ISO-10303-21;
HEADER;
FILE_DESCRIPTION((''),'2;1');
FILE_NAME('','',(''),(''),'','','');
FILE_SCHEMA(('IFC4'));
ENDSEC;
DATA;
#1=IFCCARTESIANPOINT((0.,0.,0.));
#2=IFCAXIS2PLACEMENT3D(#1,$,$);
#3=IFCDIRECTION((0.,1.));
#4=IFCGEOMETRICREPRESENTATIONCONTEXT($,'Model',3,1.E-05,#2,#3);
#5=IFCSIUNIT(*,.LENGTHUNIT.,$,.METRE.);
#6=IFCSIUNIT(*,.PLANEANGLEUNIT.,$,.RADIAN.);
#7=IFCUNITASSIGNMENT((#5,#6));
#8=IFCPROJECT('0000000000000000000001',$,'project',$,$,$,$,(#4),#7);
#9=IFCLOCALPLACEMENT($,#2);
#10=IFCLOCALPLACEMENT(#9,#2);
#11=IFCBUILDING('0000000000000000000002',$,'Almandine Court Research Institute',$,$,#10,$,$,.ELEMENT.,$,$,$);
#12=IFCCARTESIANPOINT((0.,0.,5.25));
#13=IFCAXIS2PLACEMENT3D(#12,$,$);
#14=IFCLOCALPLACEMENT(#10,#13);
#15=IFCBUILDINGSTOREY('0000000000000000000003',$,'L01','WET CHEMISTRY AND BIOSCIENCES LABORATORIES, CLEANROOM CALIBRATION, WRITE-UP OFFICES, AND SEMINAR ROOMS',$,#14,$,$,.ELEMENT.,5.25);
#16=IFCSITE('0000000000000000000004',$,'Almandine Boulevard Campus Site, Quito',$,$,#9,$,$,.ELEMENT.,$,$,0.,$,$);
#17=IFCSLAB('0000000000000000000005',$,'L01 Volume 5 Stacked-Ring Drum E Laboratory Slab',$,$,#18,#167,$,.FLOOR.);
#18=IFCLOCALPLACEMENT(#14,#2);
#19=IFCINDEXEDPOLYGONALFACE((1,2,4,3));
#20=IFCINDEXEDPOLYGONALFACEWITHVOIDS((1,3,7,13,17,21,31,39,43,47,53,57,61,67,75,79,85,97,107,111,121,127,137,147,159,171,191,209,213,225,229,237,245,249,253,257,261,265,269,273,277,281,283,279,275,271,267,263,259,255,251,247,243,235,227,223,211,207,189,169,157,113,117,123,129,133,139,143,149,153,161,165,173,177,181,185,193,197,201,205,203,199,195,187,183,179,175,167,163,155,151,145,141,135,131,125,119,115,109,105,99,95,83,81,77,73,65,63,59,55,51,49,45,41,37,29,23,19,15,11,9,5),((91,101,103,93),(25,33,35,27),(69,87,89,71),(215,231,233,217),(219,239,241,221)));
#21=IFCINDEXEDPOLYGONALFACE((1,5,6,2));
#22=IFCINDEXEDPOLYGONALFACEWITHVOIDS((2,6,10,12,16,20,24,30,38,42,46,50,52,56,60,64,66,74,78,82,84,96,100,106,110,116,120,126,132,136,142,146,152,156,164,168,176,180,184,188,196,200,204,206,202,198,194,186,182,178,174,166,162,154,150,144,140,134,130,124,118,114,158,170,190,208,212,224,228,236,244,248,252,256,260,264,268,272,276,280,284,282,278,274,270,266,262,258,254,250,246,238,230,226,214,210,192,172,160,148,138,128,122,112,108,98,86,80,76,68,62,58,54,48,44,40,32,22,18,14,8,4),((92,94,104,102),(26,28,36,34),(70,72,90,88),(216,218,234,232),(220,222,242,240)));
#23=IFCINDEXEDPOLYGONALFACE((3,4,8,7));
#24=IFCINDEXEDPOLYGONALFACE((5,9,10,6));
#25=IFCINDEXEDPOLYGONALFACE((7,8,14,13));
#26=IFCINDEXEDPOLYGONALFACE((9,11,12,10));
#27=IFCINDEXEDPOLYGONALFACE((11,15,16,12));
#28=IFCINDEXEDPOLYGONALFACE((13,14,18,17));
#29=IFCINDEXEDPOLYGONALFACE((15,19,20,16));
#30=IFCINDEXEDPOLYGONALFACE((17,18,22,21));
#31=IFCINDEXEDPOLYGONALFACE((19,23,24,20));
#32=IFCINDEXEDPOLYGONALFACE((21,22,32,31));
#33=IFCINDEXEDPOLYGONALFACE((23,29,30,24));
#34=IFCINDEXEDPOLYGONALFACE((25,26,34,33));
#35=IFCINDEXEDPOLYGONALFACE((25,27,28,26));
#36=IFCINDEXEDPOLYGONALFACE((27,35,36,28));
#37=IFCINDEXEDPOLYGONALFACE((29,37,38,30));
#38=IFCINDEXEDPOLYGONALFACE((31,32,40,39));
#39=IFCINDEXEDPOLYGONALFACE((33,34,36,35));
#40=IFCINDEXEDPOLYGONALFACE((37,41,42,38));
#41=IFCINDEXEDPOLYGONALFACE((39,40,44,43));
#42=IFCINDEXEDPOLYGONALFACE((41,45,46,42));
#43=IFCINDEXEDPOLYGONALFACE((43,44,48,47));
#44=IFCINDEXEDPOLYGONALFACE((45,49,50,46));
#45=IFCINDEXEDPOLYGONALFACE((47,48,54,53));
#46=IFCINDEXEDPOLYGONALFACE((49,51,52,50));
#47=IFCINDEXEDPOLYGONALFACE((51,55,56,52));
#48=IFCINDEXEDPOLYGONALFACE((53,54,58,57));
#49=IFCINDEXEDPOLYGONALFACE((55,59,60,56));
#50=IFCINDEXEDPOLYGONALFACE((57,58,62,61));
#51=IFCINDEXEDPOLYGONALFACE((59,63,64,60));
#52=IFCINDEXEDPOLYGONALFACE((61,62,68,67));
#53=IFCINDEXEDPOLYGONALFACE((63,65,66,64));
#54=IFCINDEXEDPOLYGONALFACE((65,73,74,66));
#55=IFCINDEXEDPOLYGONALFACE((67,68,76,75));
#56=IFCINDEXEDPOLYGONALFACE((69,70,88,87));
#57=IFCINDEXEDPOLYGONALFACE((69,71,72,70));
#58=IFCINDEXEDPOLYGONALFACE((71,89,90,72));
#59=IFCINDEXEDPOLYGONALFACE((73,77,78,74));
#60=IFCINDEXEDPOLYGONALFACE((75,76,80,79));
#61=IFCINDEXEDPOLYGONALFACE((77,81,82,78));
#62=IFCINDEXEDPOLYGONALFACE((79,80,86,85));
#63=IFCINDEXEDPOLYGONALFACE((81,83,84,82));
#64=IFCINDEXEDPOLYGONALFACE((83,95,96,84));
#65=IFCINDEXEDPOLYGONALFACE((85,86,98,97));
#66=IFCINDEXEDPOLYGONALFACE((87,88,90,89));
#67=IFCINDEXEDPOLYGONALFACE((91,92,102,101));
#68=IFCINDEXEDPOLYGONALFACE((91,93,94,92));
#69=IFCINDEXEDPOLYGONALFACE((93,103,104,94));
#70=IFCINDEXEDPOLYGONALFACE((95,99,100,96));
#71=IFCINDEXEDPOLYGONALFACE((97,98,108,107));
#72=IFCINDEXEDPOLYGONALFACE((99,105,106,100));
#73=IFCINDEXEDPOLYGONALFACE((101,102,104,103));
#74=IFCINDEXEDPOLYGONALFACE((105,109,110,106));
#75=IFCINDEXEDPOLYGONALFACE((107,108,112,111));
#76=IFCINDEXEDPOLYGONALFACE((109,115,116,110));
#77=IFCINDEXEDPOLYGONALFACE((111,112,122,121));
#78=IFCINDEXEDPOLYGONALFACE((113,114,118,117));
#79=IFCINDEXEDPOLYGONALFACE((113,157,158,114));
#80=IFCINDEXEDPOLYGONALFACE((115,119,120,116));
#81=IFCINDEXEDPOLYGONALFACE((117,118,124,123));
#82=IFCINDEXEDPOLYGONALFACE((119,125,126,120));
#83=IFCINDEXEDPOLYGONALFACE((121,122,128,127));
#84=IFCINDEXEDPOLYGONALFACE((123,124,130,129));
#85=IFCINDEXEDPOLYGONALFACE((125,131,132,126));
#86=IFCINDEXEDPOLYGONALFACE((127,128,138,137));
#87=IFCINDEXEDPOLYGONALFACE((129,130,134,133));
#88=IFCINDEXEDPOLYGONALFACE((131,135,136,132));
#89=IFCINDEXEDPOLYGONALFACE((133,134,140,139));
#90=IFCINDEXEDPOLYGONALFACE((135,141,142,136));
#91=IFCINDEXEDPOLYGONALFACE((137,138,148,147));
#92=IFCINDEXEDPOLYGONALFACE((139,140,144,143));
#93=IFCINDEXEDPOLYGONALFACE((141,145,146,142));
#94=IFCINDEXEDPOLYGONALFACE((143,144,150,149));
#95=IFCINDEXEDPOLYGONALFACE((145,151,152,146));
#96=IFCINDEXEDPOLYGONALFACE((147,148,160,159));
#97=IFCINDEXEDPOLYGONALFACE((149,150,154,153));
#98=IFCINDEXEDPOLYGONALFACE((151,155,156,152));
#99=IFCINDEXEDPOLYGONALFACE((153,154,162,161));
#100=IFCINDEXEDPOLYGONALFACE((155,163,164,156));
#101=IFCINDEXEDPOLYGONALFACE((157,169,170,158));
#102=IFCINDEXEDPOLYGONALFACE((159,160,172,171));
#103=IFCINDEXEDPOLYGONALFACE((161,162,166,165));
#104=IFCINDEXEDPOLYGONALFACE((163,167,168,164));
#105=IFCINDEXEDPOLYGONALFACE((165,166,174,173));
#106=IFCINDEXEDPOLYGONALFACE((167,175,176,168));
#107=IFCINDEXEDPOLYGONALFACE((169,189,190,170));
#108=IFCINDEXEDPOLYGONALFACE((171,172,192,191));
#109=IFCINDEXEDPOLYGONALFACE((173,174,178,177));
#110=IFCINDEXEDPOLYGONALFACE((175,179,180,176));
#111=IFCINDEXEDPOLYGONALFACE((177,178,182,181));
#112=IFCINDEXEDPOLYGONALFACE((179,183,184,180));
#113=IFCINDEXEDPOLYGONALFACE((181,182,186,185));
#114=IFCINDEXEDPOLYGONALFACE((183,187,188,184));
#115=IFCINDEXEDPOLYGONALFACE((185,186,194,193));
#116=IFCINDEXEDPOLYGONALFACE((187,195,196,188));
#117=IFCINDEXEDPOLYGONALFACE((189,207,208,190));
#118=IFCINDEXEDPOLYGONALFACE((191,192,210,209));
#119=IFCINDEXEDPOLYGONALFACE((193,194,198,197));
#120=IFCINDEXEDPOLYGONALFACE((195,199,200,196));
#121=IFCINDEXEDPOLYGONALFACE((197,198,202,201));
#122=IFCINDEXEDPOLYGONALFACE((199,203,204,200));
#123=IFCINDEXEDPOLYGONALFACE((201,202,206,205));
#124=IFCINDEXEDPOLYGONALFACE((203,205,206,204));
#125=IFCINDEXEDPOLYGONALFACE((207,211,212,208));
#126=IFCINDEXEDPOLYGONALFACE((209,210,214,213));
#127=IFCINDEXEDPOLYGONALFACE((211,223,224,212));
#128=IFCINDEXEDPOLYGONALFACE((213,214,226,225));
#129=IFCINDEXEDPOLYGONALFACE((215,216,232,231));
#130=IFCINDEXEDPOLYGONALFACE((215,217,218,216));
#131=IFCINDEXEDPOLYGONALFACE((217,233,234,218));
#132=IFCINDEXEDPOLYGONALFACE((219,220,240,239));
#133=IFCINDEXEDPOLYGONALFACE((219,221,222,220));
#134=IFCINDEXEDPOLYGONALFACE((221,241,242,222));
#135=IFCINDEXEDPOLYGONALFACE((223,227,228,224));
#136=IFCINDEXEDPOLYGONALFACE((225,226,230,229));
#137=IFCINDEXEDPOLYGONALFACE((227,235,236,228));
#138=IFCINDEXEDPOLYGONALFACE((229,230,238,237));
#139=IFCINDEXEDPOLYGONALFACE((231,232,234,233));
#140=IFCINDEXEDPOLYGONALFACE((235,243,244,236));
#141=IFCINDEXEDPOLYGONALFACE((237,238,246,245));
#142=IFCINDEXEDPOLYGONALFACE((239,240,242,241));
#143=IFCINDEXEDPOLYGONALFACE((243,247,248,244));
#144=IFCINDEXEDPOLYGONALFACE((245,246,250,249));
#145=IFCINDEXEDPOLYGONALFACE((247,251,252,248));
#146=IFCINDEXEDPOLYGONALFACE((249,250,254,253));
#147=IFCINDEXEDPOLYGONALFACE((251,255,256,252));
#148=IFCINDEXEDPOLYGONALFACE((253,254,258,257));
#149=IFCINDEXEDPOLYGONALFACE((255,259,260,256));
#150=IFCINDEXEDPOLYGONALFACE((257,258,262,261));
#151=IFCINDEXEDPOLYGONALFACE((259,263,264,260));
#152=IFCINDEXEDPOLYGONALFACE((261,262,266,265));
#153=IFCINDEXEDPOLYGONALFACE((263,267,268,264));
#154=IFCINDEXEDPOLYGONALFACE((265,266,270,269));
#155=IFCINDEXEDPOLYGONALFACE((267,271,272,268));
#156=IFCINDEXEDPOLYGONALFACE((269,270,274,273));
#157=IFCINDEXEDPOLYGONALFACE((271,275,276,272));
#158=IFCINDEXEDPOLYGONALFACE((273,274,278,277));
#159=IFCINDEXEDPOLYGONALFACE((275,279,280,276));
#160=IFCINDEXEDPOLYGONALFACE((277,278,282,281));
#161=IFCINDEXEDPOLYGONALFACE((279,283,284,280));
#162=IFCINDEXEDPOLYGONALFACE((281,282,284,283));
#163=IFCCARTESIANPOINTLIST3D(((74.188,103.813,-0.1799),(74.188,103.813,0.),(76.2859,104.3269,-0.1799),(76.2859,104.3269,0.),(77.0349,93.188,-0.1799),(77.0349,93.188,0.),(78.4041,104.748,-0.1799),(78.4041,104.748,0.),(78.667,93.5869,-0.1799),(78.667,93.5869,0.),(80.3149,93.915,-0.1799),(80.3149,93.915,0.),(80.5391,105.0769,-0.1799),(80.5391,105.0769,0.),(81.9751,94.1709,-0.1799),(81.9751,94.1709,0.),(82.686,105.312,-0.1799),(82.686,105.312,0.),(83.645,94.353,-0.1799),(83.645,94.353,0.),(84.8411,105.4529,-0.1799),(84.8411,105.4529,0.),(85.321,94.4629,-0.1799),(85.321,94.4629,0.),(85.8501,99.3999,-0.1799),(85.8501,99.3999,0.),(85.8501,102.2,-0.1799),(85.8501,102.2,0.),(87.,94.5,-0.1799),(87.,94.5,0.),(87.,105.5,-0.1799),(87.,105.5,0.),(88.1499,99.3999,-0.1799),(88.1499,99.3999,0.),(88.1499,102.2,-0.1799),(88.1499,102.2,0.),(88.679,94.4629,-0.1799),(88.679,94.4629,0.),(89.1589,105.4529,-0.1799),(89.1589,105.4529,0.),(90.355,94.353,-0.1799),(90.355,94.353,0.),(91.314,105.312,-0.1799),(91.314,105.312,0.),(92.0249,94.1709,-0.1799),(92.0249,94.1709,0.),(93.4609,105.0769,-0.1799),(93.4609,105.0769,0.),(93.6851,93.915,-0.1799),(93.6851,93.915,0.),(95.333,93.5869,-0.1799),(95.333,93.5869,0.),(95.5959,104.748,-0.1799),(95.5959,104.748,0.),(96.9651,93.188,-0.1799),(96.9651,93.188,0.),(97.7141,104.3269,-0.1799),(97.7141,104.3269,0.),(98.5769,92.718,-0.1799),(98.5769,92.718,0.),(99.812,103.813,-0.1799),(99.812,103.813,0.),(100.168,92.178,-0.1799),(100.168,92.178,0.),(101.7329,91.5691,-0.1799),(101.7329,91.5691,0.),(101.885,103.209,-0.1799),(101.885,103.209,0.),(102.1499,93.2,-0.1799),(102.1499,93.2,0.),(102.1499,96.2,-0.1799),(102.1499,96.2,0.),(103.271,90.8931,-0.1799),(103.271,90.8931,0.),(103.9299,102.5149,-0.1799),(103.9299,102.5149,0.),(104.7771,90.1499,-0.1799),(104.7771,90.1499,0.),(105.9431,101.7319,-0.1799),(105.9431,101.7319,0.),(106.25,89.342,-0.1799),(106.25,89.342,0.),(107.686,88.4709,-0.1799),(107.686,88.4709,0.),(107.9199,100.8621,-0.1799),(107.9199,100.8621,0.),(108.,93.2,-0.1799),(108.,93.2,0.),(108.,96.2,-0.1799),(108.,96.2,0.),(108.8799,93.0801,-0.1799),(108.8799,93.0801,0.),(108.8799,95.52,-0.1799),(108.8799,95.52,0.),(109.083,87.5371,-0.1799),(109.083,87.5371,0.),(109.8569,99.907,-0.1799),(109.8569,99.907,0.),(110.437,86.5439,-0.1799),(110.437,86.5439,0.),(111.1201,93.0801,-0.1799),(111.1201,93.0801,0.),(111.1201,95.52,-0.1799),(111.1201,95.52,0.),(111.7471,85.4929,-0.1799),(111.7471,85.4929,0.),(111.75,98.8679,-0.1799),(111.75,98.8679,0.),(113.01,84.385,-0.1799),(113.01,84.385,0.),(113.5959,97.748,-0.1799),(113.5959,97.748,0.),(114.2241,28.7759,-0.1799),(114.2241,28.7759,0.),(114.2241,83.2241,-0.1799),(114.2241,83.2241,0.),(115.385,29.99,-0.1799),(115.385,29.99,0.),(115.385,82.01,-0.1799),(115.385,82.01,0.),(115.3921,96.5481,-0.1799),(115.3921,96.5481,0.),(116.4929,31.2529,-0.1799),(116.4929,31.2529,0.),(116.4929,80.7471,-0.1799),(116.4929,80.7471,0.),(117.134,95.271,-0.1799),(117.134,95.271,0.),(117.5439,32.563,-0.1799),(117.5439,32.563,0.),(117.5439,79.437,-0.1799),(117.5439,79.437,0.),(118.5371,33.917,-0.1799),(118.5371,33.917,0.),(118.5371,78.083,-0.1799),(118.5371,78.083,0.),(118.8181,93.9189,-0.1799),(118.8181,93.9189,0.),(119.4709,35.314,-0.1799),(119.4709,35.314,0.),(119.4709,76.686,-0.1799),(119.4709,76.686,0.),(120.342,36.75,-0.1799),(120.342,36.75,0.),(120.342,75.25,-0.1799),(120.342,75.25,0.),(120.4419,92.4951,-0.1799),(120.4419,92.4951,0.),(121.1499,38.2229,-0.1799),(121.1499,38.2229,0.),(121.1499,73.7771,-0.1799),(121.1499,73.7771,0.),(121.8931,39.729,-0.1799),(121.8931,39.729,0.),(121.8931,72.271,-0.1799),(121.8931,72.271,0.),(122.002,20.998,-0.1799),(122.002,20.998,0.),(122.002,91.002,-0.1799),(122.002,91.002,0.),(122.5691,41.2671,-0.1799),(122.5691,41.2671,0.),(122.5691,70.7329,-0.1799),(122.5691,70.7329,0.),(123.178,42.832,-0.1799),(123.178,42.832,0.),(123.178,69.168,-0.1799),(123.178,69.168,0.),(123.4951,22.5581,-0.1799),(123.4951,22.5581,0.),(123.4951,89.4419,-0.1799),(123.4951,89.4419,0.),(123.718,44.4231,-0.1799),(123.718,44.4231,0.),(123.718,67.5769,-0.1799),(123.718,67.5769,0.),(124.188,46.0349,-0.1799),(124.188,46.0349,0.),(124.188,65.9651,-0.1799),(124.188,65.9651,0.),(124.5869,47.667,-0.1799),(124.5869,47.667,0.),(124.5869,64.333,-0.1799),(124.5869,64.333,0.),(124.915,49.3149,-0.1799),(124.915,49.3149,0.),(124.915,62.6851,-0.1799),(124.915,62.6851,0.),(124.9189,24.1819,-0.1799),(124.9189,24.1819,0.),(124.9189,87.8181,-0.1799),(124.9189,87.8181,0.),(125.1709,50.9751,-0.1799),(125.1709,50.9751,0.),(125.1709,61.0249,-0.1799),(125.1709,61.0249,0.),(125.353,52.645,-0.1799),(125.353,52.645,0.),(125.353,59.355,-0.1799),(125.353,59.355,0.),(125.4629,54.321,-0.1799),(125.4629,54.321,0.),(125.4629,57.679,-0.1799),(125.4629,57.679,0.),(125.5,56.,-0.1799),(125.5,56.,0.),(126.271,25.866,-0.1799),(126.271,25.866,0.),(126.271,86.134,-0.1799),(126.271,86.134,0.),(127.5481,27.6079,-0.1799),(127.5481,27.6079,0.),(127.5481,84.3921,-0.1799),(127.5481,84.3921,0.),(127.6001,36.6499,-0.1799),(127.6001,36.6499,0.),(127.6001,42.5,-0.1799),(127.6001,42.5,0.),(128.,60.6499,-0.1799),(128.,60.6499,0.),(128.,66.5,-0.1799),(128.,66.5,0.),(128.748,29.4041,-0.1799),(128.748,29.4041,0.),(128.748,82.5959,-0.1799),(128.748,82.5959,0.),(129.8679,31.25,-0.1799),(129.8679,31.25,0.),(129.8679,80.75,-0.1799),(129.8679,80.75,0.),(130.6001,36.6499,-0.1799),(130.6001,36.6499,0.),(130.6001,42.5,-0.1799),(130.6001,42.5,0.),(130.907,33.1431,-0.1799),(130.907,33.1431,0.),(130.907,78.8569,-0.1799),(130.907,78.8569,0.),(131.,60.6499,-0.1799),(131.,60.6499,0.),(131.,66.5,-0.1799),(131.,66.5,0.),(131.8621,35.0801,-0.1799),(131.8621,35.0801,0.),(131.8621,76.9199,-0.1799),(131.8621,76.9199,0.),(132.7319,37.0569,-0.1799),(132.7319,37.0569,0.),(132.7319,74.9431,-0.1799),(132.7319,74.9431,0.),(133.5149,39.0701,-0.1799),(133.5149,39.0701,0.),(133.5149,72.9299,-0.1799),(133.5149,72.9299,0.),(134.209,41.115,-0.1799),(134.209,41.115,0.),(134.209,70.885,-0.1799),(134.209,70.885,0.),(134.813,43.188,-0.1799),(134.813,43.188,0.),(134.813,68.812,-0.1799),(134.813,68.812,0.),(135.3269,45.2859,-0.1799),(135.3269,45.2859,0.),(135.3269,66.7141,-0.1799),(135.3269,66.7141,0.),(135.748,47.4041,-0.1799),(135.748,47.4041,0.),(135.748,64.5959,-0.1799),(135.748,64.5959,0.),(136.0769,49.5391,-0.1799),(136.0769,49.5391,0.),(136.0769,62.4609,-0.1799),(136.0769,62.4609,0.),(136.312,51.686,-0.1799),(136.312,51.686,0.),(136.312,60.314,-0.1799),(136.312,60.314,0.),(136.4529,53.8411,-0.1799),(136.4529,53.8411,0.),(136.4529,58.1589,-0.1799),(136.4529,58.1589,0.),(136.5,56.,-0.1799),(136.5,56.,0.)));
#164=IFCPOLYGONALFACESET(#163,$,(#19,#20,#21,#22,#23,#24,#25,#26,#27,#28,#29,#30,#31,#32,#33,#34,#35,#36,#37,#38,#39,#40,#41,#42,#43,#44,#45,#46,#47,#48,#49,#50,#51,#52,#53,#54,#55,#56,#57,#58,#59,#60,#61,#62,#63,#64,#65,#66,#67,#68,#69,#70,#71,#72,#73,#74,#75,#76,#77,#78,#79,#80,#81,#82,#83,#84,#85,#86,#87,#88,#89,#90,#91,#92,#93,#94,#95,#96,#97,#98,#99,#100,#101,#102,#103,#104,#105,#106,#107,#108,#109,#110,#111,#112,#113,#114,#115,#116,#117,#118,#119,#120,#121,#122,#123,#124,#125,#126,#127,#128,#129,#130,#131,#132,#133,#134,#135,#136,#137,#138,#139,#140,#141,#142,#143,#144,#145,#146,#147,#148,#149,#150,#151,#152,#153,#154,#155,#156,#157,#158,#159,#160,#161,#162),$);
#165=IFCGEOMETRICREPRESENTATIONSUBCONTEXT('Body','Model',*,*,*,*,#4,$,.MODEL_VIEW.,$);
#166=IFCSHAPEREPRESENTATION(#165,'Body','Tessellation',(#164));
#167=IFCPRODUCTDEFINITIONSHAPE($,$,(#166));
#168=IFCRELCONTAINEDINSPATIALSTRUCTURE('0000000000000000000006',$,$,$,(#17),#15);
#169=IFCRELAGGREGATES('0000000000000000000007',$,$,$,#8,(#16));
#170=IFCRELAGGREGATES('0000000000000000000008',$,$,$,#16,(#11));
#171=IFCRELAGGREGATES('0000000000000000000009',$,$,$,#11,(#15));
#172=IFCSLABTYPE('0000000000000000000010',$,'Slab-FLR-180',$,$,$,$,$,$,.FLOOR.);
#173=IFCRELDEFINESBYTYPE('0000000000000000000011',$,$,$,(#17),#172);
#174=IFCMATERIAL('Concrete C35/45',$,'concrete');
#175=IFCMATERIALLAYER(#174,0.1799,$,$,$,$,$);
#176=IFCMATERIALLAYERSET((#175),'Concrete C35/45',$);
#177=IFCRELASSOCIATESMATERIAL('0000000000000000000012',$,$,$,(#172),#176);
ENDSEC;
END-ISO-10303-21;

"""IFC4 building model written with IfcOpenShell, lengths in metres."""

from ifc_helpers import new_model, si_unit, direction, frame, origin, place, context, subcontext, project, spatial, polyline, outline, extrude, material, layer, layer_set, type_object, element, save


model = new_model("IFC4")

# Units and contexts
model_context = context("Model", 3, precision=1e-05, world=origin(), true_north=direction((0.0, 1.0)))
body_context = subcontext(model_context, "Body", "Model", "MODEL_VIEW")
ifc_project = project(units=[si_unit("LENGTHUNIT", "METRE"), si_unit("PLANEANGLEUNIT", "RADIAN")], contexts=[model_context])

# Site, building, storey
site_placement = place(None, origin())
site = spatial("IfcSite", under=ifc_project, at=site_placement, Name="Almandine Boulevard Campus Site, Quito", CompositionType="ELEMENT", RefElevation=0.0)
building_placement = place(site_placement, origin())
building = spatial("IfcBuilding", under=site, at=building_placement, Name="Almandine Court Research Institute", CompositionType="ELEMENT")
storey_placement = place(building_placement, frame((0.0, 0.0, 5.25)))
storey = spatial("IfcBuildingStorey", under=building, at=storey_placement, Name="L01", Description="WET CHEMISTRY AND BIOSCIENCES LABORATORIES, CLEANROOM CALIBRATION, WRITE-UP OFFICES, AND SEMINAR ROOMS", CompositionType="ELEMENT", Elevation=5.25)

# Slab
ifc_material_1 = material(Name="Concrete C35/45", Category="concrete")
ifc_layer_1 = layer(ifc_material_1, 0.1799)
ifc_layer_set_1 = layer_set([ifc_layer_1], Name="Concrete C35/45")
slab_type_1 = type_object("IfcSlabType", Name="Slab-FLR-180", PredefinedType="FLOOR", material=ifc_layer_set_1)
slab_1_placement = place(storey_placement, frame((0.0, 0.0, -0.1799)))
element("IfcSlab", 1, at=slab_1_placement, inside=storey, type_object=slab_type_1, Name="L01 Volume 5 Stacked-Ring Drum E Laboratory Slab", PredefinedType="FLOOR", context=body_context, shape_type="SweptSolid", body=[
    extrude(outline(polyline([(122.002, 20.998), (123.4951, 22.5581), (124.9189, 24.1819), (126.271, 25.866), (127.5481, 27.6079), (128.748, 29.4041), (129.8679, 31.25), (130.907, 33.1431), (131.8621, 35.0801), (132.7319, 37.0569), (133.5149, 39.0701), (134.209, 41.115), (134.813, 43.188), (135.3269, 45.2859), (135.748, 47.4041), (136.0769, 49.5391), (136.312, 51.686), (136.4529, 53.8411), (136.5, 56.0), (136.4529, 58.1589), (136.312, 60.314), (136.0769, 62.4609), (135.748, 64.5959), (135.3269, 66.7141), (134.813, 68.812), (134.209, 70.885), (133.5149, 72.9299), (132.7319, 74.9431), (131.8621, 76.9199), (130.907, 78.8569), (129.8679, 80.75), (128.748, 82.5959), (127.5481, 84.3921), (126.271, 86.134), (124.9189, 87.8181), (123.4951, 89.4419), (122.002, 91.002), (120.4419, 92.4951), (118.8181, 93.9189), (117.134, 95.271), (115.3921, 96.5481), (113.5959, 97.748), (111.75, 98.8679), (109.8569, 99.907), (107.9199, 100.8621), (105.9431, 101.7319), (103.9299, 102.5149), (101.885, 103.209), (99.812, 103.813), (97.7141, 104.3269), (95.5959, 104.748), (93.4609, 105.0769), (91.314, 105.312), (89.1589, 105.4529), (87.0, 105.5), (84.8411, 105.4529), (82.686, 105.312), (80.5391, 105.0769), (78.4041, 104.748), (76.2859, 104.3269), (74.188, 103.813), (77.0349, 93.188), (78.667, 93.5869), (80.3149, 93.915), (81.9751, 94.1709), (83.645, 94.353), (85.321, 94.4629), (87.0, 94.5), (88.679, 94.4629), (90.355, 94.353), (92.0249, 94.1709), (93.6851, 93.915), (95.333, 93.5869), (96.9651, 93.188), (98.5769, 92.718), (100.168, 92.178), (101.7329, 91.5691), (103.271, 90.8931), (104.7771, 90.1499), (106.25, 89.342), (107.686, 88.4709), (109.083, 87.5371), (110.437, 86.5439), (111.7471, 85.4929), (113.01, 84.385), (114.2241, 83.2241), (115.385, 82.01), (116.4929, 80.7471), (117.5439, 79.437), (118.5371, 78.083), (119.4709, 76.686), (120.342, 75.25), (121.1499, 73.7771), (121.8931, 72.271), (122.5691, 70.7329), (123.178, 69.168), (123.718, 67.5769), (124.188, 65.9651), (124.5869, 64.333), (124.915, 62.6851), (125.1709, 61.0249), (125.353, 59.355), (125.4629, 57.679), (125.5, 56.0), (125.4629, 54.321), (125.353, 52.645), (125.1709, 50.9751), (124.915, 49.3149), (124.5869, 47.667), (124.188, 46.0349), (123.718, 44.4231), (123.178, 42.832), (122.5691, 41.2671), (121.8931, 39.729), (121.1499, 38.2229), (120.342, 36.75), (119.4709, 35.314), (118.5371, 33.917), (117.5439, 32.563), (116.4929, 31.2529), (115.385, 29.99), (114.2241, 28.7759), (122.002, 20.998)]), holes=[polyline([(102.1499, 93.2), (108.0, 93.2), (108.0, 96.2), (102.1499, 96.2), (102.1499, 93.2)]), polyline([(131.0, 60.6499), (131.0, 66.5), (128.0, 66.5), (128.0, 60.6499), (131.0, 60.6499)]), polyline([(130.6001, 36.6499), (130.6001, 42.5), (127.6001, 42.5), (127.6001, 36.6499), (130.6001, 36.6499)]), polyline([(85.8501, 99.3999), (88.1499, 99.3999), (88.1499, 102.2), (85.8501, 102.2), (85.8501, 99.3999)]), polyline([(108.8799, 93.0801), (111.1201, 93.0801), (111.1201, 95.52), (108.8799, 95.52), (108.8799, 93.0801)])]), origin(), (0.0, 0.0, 1.0), 0.1799),
])

save(model, "model.ifc")
